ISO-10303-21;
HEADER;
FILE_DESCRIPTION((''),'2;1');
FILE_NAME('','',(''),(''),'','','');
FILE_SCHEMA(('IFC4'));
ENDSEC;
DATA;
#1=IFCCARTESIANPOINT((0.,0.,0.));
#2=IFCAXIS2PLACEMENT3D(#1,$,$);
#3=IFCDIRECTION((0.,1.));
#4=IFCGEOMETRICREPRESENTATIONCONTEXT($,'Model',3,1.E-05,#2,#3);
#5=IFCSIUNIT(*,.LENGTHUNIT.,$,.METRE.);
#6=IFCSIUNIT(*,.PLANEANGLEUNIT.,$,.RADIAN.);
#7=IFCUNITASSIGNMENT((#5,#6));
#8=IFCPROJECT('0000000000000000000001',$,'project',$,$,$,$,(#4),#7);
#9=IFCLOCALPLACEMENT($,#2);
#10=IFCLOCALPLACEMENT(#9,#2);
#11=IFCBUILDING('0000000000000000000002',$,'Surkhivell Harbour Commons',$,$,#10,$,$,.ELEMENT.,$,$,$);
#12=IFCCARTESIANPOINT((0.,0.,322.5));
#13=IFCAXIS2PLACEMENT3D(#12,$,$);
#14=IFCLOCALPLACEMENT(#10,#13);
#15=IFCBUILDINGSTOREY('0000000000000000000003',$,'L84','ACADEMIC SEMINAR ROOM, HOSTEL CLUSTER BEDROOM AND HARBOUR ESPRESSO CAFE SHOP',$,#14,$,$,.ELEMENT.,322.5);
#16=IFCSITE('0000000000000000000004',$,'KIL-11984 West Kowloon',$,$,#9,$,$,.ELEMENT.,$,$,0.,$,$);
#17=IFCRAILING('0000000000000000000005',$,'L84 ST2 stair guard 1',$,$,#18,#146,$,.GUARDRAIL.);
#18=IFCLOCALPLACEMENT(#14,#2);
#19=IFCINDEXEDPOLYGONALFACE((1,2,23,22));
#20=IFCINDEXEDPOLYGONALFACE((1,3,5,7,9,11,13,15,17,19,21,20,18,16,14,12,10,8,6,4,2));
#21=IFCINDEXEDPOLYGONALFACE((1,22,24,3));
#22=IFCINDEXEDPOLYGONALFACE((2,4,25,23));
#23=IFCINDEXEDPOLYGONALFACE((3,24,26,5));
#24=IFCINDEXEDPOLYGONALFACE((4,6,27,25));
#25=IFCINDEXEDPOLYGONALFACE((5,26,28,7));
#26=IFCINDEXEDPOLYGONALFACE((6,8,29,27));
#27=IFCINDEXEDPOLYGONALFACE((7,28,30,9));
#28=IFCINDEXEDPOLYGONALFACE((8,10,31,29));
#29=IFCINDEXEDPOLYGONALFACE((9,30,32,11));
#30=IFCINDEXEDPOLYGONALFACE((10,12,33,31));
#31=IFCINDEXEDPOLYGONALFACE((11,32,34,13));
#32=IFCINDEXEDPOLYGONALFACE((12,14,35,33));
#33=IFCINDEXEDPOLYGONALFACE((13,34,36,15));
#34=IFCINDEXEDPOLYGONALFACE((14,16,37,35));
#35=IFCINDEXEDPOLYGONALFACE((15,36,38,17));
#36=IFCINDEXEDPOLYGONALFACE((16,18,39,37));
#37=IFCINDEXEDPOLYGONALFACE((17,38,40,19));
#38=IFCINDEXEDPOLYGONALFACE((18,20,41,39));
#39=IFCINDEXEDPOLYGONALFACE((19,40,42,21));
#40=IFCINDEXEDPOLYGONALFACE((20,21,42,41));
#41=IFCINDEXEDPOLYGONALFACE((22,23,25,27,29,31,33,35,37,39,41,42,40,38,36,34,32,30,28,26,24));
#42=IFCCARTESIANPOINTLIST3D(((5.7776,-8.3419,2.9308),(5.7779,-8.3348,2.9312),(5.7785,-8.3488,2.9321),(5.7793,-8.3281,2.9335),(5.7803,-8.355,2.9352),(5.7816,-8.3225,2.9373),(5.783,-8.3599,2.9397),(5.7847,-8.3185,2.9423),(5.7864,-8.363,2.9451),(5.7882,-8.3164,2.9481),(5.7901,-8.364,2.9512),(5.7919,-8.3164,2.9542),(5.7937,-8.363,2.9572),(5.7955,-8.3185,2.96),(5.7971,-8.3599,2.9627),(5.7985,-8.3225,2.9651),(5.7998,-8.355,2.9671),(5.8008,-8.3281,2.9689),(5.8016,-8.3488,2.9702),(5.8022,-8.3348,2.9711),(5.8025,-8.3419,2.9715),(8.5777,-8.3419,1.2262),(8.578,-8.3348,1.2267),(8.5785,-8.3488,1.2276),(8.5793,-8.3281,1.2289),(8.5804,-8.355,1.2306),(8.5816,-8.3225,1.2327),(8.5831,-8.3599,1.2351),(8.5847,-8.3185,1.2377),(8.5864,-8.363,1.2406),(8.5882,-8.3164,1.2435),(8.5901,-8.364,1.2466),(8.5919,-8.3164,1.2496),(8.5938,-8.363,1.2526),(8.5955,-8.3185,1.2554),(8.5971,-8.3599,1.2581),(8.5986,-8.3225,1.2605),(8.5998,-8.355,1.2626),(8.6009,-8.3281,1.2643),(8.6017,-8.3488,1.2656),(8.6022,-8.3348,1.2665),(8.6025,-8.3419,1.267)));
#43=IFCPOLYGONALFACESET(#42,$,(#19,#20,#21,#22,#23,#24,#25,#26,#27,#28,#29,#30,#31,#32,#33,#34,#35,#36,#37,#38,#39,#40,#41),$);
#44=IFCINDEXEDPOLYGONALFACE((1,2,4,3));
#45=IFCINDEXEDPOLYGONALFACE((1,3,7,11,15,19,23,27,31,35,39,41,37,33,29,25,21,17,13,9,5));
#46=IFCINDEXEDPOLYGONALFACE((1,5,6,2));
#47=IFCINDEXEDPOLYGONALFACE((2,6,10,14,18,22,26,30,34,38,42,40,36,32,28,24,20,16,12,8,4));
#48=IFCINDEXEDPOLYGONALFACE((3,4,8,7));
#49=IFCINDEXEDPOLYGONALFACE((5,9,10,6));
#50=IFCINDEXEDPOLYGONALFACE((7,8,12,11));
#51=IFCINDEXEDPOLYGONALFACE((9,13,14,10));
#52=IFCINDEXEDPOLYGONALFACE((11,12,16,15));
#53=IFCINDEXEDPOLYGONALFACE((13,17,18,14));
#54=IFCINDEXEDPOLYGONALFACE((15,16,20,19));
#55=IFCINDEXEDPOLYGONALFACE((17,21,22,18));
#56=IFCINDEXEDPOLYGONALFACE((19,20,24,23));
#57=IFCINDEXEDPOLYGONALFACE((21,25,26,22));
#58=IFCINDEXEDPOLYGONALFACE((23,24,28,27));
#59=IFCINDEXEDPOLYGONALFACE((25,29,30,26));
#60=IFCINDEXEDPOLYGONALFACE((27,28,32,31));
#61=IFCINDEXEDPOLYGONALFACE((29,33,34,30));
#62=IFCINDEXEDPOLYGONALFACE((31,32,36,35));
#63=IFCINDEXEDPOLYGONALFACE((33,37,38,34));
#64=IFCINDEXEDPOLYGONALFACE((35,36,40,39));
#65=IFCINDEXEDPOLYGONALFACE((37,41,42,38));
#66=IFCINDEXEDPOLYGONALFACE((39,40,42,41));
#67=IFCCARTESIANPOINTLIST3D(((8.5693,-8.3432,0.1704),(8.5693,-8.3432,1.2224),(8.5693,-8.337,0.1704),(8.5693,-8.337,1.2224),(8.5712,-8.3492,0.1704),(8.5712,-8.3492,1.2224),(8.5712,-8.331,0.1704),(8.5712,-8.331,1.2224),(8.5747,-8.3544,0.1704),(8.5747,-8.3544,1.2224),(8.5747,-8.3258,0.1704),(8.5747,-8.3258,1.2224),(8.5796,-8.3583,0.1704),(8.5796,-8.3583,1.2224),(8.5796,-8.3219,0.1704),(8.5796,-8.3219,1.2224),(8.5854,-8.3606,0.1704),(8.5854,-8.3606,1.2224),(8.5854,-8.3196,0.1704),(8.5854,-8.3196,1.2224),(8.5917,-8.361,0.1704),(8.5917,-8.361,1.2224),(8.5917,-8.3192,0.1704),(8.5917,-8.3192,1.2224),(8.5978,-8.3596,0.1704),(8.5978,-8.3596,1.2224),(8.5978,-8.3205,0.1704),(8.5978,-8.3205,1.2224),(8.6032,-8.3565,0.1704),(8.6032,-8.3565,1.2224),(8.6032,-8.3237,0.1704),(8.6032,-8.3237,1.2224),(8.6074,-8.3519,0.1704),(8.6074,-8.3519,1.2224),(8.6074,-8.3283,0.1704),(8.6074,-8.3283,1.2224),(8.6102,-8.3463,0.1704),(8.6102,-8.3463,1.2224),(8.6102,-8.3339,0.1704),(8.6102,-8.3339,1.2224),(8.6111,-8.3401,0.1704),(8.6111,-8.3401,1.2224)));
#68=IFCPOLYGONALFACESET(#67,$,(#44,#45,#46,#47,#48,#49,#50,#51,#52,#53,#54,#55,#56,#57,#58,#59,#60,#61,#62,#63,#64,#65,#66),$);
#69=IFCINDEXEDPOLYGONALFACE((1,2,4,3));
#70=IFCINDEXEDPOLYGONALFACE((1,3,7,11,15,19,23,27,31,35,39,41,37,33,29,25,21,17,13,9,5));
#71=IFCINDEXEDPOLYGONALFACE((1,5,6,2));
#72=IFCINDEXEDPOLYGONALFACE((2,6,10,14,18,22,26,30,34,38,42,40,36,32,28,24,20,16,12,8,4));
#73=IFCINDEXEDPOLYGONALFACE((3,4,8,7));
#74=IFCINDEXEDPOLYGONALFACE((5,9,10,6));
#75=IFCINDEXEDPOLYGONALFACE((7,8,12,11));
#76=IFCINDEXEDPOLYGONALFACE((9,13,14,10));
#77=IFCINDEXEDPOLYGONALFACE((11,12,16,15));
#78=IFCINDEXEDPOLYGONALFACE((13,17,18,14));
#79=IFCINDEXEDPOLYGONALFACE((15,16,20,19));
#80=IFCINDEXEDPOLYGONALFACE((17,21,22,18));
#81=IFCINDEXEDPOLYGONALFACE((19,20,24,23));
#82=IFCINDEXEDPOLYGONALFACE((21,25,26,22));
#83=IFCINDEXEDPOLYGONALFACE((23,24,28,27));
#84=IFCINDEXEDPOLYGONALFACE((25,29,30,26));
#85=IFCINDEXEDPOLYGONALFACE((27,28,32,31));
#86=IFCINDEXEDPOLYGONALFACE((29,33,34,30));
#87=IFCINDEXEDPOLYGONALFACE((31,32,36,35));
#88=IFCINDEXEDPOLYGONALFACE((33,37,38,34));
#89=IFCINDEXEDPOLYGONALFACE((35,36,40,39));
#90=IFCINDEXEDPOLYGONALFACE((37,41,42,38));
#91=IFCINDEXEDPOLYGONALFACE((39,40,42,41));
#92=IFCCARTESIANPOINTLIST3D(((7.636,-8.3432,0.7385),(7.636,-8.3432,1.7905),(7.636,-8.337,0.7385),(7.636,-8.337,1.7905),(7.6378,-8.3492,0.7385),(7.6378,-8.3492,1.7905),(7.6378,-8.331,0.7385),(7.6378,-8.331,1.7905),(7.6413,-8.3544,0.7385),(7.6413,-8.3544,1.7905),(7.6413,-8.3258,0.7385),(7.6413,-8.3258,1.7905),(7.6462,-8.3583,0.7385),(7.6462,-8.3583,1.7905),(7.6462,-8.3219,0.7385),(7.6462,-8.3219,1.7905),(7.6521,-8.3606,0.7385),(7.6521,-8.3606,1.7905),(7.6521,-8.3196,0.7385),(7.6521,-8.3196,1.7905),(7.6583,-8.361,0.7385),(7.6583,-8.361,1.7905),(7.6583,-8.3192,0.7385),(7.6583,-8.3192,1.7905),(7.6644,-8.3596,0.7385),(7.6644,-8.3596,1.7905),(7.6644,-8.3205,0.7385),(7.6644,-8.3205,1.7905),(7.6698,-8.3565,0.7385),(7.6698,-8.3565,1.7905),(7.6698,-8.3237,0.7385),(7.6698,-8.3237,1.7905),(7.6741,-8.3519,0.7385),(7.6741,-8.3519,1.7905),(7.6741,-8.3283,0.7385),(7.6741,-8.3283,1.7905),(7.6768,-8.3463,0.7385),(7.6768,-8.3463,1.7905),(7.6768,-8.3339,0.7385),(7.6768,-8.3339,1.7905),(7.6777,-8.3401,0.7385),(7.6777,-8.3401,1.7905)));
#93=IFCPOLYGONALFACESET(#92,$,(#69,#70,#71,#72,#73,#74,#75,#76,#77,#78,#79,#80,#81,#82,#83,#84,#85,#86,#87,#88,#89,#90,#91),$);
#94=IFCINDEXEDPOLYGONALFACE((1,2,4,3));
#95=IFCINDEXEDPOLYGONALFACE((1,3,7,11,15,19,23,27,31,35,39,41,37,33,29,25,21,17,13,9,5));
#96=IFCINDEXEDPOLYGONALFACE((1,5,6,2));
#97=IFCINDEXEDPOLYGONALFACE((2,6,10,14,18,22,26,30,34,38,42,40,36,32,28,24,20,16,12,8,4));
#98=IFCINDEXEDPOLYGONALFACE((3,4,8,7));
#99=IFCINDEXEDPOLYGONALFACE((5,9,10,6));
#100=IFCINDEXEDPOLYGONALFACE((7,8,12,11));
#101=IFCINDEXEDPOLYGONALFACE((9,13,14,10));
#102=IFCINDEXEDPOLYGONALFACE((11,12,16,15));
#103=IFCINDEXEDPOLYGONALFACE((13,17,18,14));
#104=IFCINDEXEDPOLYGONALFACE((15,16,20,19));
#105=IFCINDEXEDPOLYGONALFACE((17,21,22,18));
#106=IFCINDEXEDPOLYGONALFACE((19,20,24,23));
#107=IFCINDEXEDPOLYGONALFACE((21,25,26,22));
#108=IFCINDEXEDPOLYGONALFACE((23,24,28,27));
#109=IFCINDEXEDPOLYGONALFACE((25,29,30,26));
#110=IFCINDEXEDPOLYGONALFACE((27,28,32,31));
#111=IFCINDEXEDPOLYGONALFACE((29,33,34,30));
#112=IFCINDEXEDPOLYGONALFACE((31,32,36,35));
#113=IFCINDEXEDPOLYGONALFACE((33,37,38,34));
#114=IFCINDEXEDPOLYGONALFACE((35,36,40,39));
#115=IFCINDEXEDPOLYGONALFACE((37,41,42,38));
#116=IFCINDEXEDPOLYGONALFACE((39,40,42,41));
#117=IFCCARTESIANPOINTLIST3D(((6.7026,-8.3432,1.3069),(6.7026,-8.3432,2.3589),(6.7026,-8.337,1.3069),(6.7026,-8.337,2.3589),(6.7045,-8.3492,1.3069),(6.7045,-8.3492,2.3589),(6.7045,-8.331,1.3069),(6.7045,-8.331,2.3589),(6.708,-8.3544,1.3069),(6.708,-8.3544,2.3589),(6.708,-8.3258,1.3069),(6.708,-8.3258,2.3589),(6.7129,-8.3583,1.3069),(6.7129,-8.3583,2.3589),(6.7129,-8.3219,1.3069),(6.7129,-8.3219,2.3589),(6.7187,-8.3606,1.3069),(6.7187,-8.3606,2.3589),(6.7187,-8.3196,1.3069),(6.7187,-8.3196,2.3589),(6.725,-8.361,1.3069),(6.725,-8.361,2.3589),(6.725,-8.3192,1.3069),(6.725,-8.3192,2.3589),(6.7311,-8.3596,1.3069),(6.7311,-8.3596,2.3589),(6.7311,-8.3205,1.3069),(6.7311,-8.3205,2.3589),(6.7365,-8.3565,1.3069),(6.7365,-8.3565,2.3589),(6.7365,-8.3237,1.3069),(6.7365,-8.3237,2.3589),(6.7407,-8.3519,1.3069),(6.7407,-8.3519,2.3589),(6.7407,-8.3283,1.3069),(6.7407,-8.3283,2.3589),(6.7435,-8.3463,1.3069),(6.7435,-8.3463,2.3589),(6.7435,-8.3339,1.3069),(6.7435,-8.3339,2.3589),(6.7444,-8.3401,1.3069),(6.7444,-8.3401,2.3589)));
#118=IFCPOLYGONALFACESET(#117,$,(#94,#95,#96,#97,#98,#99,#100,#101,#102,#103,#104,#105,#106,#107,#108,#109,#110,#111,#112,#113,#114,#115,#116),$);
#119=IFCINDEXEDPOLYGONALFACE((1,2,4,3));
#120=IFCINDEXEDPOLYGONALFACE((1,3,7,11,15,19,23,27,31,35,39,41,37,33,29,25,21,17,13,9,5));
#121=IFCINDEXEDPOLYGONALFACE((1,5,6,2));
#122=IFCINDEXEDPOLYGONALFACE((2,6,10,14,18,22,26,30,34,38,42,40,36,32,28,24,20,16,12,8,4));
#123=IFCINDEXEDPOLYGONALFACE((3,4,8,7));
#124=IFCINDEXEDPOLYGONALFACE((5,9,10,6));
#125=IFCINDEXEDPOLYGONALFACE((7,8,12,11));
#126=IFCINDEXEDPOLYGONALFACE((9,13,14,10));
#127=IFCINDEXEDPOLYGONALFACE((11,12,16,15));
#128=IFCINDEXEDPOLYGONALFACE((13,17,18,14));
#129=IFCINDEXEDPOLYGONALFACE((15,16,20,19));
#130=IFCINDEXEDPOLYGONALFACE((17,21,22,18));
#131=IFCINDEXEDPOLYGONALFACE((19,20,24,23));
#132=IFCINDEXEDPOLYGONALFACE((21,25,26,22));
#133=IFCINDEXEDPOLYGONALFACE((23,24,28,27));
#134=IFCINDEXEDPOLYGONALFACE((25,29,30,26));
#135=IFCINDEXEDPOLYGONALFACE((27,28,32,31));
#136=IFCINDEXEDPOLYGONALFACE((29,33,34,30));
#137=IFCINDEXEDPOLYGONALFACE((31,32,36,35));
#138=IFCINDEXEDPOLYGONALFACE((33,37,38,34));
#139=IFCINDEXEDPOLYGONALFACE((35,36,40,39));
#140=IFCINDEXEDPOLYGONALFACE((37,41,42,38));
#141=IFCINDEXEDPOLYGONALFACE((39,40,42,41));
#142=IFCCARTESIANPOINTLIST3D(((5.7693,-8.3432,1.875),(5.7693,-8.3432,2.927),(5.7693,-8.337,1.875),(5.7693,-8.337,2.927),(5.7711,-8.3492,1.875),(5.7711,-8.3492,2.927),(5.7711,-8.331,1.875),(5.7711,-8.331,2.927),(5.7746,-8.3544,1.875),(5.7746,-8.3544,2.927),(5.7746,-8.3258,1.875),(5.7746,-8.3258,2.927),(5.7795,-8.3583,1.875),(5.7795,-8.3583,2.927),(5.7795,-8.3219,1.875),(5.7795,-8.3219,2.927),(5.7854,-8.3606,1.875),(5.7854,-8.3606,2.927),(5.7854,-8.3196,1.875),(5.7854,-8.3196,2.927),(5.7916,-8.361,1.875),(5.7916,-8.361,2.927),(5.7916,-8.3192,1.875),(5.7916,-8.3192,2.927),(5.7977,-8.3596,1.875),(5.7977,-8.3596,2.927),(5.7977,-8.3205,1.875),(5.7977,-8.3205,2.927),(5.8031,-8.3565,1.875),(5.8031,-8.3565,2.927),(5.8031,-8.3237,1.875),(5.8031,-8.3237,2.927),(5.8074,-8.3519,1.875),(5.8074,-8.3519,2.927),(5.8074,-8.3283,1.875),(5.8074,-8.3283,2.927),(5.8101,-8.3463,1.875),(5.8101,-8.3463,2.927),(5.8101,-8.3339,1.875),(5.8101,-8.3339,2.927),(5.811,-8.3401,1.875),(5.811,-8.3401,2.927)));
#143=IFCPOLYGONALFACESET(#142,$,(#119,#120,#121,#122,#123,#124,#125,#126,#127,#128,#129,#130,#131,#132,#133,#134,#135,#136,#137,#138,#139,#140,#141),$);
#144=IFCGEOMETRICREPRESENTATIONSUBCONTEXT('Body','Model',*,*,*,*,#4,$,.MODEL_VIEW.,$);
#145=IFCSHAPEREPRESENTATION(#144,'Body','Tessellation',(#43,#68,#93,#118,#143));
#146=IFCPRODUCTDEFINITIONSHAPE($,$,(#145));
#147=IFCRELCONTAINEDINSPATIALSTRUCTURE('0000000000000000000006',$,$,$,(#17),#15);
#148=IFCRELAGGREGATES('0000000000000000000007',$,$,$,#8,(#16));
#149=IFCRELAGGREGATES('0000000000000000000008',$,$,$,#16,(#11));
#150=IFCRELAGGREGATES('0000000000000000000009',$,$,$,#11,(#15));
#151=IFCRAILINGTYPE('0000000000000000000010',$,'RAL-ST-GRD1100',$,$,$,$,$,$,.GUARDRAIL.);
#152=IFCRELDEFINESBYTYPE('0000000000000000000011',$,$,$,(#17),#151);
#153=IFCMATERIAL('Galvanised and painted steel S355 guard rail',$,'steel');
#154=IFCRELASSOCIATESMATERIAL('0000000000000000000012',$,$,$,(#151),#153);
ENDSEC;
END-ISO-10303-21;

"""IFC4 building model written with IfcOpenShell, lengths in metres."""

from ifc_helpers import new_model, si_unit, direction, frame, origin, origin_2d, place, context, subcontext, project, spatial, circle, extrude, material, type_object, element, save


model = new_model("IFC4")

# Units and contexts
model_context = context("Model", 3, precision=1e-05, world=origin(), true_north=direction((0.0, 1.0)))
body_context = subcontext(model_context, "Body", "Model", "MODEL_VIEW")
ifc_project = project(units=[si_unit("LENGTHUNIT", "METRE"), si_unit("PLANEANGLEUNIT", "RADIAN")], contexts=[model_context])

# Site, building, storey
site_placement = place(None, origin())
site = spatial("IfcSite", under=ifc_project, at=site_placement, Name="KIL-11984 West Kowloon", CompositionType="ELEMENT", RefElevation=0.0)
building_placement = place(site_placement, origin())
building = spatial("IfcBuilding", under=site, at=building_placement, Name="Surkhivell Harbour Commons", CompositionType="ELEMENT")
storey_placement = place(building_placement, frame((0.0, 0.0, 322.5)))
storey = spatial("IfcBuildingStorey", under=building, at=storey_placement, Name="L84", Description="ACADEMIC SEMINAR ROOM, HOSTEL CLUSTER BEDROOM AND HARBOUR ESPRESSO CAFE SHOP", CompositionType="ELEMENT", Elevation=322.5)

# Railing
ifc_material_1 = material(Name="Galvanised and painted steel S355 guard rail", Category="steel")
railing_type_1 = type_object("IfcRailingType", Name="RAL-ST-GRD1100", PredefinedType="GUARDRAIL", material=ifc_material_1)
railing_1_placement = place(storey_placement, frame((8.5901, -8.3401, 0.1704)))
element("IfcRailing", 1, at=railing_1_placement, inside=storey, type_object=railing_type_1, Name="L84 ST2 stair guard 1", PredefinedType="GUARDRAIL", context=body_context, shape_type="SweptSolid", body=[
    extrude(circle(Radius=0.0239, at=origin_2d()), frame((0.0, 0.0, 1.0762), z_axis=(-0.85417, 0.0, 0.519994), x_axis=(0.0, -1.0, 0.0)), (0.0, 0.0, 1.0), 3.2781),
    extrude(circle(Radius=0.021, at=origin_2d()), origin(), (0.0, 0.0, 1.0), 1.052),
    extrude(circle(Radius=0.021, at=origin_2d()), frame((-0.9333, 0.0, 0.5681)), (0.0, 0.0, 1.0), 1.052),
    extrude(circle(Radius=0.021, at=origin_2d()), frame((-1.8667, 0.0, 1.1365)), (0.0, 0.0, 1.0), 1.052),
    extrude(circle(Radius=0.021, at=origin_2d()), frame((-2.8, 0.0, 1.7046)), (0.0, 0.0, 1.0), 1.052),
])

save(model, "model.ifc")
